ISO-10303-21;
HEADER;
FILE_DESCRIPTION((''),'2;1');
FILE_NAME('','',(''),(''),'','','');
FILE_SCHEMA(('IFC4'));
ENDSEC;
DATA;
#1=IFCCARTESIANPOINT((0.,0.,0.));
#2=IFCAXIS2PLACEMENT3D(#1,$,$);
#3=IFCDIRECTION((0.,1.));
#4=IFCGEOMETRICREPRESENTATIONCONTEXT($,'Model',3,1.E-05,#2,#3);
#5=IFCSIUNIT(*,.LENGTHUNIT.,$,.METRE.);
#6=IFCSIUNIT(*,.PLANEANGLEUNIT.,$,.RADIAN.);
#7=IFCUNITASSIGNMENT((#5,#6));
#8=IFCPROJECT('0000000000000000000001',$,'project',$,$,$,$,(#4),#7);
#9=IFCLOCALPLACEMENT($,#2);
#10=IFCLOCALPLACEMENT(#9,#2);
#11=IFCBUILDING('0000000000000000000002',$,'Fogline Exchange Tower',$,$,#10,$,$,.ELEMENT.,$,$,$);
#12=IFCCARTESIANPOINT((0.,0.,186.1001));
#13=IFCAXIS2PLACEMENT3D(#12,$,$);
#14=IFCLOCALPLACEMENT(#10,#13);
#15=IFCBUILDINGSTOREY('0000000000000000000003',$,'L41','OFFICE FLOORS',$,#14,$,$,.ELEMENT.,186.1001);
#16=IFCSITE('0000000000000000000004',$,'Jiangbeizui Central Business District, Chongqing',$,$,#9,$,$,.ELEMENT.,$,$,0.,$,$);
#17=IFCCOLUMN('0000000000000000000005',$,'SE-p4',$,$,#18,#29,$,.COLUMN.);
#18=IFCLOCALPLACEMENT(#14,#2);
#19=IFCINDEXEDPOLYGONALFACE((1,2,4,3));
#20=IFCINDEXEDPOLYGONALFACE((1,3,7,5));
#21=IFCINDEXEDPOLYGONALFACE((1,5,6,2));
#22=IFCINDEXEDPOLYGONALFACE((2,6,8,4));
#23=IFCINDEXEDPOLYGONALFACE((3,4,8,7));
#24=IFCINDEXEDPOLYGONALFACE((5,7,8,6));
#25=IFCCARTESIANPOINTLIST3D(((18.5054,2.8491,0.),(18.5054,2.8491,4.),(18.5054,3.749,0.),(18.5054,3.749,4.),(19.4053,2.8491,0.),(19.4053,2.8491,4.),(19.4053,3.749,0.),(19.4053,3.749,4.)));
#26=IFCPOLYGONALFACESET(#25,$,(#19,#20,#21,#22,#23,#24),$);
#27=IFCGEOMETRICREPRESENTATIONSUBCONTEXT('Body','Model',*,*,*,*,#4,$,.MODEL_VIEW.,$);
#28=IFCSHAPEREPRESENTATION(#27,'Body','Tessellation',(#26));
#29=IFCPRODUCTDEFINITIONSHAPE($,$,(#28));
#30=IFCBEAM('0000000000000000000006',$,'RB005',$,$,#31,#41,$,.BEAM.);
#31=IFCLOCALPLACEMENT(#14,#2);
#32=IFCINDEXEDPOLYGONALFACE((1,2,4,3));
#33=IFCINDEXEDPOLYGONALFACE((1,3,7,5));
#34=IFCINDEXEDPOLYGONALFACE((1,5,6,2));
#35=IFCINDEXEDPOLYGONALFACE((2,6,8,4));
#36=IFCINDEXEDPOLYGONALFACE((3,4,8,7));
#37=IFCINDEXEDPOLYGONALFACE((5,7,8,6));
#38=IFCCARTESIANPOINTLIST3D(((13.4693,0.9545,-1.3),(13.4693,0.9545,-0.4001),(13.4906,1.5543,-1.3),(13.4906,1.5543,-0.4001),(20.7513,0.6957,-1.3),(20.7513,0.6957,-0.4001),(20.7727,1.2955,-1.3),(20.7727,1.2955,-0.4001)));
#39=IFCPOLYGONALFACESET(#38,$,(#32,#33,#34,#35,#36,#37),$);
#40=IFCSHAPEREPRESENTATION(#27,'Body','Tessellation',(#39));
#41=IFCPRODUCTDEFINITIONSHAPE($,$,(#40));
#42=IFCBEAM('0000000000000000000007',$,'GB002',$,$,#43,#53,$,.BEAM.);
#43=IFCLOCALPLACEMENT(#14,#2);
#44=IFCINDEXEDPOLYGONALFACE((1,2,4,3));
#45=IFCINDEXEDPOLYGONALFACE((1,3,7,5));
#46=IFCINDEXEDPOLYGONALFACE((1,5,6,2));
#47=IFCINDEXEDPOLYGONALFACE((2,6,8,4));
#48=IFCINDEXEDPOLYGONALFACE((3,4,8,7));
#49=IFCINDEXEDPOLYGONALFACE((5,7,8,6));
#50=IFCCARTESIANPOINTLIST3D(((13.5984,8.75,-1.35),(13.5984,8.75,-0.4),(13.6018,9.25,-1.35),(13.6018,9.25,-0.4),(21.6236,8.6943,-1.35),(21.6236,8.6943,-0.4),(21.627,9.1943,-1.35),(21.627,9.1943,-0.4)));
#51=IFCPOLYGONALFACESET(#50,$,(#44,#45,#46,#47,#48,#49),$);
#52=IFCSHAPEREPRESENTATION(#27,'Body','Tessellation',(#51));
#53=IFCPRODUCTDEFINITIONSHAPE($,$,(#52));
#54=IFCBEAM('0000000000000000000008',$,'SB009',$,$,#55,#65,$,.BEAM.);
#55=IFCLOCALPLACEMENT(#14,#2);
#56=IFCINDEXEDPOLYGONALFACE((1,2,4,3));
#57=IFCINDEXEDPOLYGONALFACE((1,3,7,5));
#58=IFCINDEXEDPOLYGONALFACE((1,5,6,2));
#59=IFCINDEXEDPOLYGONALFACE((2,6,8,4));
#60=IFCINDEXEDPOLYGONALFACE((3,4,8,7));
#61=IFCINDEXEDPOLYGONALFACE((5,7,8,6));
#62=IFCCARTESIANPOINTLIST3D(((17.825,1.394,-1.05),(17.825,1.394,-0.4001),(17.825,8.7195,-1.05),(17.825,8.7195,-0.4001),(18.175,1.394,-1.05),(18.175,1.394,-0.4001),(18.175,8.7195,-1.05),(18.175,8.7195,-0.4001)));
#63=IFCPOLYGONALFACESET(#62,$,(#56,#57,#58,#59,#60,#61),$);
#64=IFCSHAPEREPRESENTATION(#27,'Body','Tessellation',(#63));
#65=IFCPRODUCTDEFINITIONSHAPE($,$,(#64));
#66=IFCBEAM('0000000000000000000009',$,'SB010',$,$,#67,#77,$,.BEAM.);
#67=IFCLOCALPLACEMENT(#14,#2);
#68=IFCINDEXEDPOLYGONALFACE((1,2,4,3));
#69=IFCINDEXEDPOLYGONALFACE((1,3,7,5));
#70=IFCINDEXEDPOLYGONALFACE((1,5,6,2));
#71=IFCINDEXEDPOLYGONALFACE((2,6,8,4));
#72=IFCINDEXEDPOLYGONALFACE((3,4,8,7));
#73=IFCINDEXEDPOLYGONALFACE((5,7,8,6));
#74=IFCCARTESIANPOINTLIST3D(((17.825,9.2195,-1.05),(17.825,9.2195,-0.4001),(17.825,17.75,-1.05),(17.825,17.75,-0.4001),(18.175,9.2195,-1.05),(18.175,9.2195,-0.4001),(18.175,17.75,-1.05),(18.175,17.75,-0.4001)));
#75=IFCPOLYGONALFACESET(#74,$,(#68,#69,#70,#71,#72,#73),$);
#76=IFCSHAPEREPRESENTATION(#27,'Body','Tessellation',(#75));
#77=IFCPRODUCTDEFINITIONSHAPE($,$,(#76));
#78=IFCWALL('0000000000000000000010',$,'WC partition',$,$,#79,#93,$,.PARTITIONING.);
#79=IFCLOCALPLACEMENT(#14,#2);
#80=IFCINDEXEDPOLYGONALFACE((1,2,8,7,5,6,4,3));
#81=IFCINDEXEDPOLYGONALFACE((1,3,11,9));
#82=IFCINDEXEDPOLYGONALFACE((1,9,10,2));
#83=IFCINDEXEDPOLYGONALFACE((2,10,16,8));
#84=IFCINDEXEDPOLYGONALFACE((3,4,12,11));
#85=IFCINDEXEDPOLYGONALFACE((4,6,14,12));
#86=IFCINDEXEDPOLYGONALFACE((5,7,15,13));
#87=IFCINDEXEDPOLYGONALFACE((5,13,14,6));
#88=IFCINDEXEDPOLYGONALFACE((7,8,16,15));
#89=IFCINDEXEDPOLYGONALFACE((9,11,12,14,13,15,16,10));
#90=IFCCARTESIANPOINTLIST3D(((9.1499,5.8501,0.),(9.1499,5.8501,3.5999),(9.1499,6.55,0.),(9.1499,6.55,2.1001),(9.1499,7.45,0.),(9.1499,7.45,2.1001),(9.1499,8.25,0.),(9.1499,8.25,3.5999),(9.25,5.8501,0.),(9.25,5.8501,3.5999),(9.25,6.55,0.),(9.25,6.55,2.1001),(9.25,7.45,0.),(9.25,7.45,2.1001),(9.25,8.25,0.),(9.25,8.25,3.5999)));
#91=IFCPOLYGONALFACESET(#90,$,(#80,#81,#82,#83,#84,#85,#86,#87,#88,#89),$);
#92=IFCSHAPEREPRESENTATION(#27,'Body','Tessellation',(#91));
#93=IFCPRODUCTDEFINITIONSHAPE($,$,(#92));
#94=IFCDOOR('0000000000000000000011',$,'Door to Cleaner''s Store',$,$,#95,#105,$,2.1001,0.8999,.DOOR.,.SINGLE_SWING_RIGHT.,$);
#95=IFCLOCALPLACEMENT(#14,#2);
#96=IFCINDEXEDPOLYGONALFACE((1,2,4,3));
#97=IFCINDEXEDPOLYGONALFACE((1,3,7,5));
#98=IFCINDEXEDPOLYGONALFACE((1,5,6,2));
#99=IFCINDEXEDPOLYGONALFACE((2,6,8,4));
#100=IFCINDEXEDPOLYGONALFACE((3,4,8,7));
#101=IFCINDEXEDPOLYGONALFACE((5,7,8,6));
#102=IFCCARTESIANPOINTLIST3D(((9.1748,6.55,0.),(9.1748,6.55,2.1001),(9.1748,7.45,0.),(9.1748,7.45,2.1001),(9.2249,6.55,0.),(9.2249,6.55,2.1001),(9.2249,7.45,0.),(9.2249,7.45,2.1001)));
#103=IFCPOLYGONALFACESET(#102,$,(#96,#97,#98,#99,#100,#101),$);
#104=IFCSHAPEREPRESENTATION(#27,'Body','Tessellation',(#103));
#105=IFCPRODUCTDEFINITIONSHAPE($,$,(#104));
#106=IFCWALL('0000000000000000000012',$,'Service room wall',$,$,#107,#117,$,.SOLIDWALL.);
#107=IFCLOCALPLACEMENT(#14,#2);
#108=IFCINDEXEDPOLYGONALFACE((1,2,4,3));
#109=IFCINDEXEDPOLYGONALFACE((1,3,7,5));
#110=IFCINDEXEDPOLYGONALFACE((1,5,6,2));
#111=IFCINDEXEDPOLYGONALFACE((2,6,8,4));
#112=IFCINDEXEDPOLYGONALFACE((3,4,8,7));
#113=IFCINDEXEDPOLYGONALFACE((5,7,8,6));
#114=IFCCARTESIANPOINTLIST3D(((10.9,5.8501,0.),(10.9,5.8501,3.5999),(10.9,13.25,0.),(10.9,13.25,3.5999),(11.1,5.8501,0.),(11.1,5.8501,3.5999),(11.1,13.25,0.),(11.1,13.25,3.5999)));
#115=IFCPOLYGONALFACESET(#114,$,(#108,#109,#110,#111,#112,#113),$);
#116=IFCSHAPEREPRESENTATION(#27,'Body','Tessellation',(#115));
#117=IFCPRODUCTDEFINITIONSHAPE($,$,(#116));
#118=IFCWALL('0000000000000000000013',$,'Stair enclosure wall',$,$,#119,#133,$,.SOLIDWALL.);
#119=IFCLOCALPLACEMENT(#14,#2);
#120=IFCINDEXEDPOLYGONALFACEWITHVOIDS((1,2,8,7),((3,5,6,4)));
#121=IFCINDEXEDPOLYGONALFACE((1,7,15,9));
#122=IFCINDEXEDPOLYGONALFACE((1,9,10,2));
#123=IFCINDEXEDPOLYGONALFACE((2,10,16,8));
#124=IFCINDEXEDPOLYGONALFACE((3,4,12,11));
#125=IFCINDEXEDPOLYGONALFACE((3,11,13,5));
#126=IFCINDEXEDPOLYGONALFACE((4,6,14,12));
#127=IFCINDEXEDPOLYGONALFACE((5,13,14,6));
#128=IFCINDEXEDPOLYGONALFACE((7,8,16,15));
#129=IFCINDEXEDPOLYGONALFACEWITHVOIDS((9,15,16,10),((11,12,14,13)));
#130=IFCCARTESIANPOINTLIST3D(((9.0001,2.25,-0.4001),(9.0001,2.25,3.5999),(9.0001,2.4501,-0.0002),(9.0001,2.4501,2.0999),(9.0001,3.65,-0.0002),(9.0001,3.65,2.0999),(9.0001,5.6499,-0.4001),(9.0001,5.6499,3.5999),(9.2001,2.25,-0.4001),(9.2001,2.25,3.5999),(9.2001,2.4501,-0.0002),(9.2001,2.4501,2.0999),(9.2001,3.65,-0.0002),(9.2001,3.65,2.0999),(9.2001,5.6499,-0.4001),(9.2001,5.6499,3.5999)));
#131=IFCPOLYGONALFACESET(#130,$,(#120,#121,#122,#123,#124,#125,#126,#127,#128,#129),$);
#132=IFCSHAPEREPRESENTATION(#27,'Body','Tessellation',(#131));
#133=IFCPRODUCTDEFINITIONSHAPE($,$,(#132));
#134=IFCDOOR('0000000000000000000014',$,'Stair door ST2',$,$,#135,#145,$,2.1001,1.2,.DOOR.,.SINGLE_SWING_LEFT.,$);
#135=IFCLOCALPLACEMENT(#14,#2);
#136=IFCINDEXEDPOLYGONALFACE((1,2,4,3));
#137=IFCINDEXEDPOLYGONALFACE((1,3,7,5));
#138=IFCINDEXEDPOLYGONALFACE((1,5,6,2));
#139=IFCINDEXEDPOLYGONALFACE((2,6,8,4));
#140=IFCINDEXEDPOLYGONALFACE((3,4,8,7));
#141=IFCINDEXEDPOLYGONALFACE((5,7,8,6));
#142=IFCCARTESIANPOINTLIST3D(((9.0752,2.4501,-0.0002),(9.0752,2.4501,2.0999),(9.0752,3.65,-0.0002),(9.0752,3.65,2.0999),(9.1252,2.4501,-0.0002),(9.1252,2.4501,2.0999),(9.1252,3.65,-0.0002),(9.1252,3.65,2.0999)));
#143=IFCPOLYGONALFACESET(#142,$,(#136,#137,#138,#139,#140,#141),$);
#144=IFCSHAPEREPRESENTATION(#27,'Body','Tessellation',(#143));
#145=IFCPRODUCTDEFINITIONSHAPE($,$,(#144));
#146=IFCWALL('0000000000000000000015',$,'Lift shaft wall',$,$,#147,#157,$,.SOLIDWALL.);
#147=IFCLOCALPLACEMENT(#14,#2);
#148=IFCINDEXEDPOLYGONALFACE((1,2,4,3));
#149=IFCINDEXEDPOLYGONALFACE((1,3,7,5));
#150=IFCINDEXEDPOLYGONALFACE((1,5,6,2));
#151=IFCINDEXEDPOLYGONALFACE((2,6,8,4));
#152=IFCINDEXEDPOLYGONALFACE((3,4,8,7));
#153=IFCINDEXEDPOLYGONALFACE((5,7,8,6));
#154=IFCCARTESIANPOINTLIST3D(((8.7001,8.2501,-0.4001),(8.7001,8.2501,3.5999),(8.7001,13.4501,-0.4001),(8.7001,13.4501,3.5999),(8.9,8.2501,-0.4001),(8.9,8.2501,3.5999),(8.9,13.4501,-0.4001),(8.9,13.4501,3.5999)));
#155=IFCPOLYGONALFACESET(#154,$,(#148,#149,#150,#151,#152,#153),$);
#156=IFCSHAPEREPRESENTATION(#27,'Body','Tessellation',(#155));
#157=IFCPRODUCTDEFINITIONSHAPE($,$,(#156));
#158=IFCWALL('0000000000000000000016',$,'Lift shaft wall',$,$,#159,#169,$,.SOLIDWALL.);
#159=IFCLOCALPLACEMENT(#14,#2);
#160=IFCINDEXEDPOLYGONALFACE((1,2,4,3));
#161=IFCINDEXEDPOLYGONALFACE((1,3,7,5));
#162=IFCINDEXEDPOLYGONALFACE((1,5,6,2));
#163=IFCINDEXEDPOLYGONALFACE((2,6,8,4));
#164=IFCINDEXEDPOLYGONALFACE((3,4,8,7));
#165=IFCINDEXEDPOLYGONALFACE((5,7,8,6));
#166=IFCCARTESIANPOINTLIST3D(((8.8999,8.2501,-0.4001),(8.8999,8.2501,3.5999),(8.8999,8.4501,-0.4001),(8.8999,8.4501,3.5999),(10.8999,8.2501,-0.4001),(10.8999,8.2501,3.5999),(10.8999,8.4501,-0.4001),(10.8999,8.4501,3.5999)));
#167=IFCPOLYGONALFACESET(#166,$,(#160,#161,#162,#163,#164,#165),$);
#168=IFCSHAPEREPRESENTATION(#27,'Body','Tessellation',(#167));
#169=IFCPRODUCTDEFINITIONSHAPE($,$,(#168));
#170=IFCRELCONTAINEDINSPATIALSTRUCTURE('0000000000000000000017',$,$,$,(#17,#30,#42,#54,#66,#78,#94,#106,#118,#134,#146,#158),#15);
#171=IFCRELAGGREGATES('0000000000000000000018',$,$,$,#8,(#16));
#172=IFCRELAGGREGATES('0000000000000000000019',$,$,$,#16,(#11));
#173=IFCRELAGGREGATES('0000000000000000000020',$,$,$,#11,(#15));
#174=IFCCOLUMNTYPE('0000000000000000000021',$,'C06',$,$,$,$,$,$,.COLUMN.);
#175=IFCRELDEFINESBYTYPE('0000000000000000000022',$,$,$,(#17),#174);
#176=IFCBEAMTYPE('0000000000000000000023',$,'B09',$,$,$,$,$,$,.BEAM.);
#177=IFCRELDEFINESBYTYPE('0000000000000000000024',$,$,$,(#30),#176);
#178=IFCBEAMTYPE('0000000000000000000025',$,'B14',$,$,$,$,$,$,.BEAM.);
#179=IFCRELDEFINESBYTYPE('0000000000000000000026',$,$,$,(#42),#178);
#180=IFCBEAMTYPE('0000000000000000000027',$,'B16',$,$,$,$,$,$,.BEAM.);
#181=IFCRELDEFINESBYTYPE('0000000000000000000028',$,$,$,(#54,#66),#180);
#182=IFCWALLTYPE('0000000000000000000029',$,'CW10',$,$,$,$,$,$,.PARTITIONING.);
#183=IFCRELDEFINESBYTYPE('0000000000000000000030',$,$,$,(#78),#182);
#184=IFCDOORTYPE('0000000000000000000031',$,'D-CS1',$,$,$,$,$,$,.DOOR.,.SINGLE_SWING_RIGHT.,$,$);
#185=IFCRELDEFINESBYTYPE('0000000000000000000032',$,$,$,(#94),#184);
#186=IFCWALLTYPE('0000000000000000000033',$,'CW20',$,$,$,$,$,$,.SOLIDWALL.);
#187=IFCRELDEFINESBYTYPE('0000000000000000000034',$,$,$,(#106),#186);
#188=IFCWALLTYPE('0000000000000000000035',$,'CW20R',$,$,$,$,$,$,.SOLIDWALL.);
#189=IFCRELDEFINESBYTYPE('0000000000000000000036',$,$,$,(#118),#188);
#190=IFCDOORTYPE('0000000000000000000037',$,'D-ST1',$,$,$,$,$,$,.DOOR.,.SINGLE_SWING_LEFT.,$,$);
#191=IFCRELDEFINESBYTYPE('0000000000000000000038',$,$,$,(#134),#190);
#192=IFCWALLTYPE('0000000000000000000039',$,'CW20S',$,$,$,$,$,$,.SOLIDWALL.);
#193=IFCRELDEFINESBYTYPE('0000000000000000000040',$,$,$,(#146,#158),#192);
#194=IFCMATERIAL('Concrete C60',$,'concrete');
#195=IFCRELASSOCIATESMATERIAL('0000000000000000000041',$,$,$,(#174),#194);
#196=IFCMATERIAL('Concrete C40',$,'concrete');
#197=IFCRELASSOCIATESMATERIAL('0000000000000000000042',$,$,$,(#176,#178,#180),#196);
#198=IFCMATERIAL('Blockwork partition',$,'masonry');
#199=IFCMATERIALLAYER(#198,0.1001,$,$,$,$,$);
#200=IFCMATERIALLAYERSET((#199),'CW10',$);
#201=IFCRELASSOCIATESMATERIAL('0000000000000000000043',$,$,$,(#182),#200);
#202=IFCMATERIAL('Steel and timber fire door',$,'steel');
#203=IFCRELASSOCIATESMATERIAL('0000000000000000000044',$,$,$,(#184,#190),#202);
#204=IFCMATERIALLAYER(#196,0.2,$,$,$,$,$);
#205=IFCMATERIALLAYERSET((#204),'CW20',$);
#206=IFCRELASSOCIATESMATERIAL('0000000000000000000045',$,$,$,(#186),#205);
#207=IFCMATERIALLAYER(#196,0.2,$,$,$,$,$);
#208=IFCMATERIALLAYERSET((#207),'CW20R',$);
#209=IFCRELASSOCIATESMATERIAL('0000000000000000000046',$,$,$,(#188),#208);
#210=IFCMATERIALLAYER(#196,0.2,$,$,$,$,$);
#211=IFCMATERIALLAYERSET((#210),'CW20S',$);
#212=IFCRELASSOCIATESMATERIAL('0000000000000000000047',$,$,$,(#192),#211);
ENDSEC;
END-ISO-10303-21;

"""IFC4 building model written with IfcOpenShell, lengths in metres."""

from ifc_helpers import new_model, si_unit, direction, frame, frame_2d, origin, origin_2d, place, context, subcontext, project, spatial, rectangle, extrude, material, layer, layer_set, material_profile, profile_set, type_object, element, fill, save


model = new_model("IFC4")

# Units and contexts
model_context = context("Model", 3, precision=1e-05, world=origin(), true_north=direction((0.0, 1.0)))
body_context = subcontext(model_context, "Body", "Model", "MODEL_VIEW")
ifc_project = project(units=[si_unit("LENGTHUNIT", "METRE"), si_unit("PLANEANGLEUNIT", "RADIAN")], contexts=[model_context])

# Site, building, storey
site_placement = place(None, origin())
site = spatial("IfcSite", under=ifc_project, at=site_placement, Name="Jiangbeizui Central Business District, Chongqing", CompositionType="ELEMENT", RefElevation=0.0)
building_placement = place(site_placement, origin())
building = spatial("IfcBuilding", under=site, at=building_placement, Name="Fogline Exchange Tower", CompositionType="ELEMENT")
storey_placement = place(building_placement, frame((0.0, 0.0, 186.1001)))
storey = spatial("IfcBuildingStorey", under=building, at=storey_placement, Name="L41", Description="OFFICE FLOORS", CompositionType="ELEMENT", Elevation=186.1001)

# Column
ifc_material_1 = material(Name="Concrete C60", Category="concrete")
ifc_material_profile_1 = material_profile(ifc_material_1, rectangle(XDim=0.8999, YDim=0.8999, at=origin_2d()), Name="RC 900x900")
ifc_profile_set_1 = profile_set([ifc_material_profile_1], Name="Concrete C60")
column_type = type_object("IfcColumnType", Name="C06", PredefinedType="COLUMN", material=ifc_profile_set_1)
column_placement = place(storey_placement, frame((18.9553, 3.2991, 0.0), z_axis=(0.0, 0.0, 1.0), x_axis=(1.0, 0.0, 0.0)))
element("IfcColumn", 1, at=column_placement, inside=storey, type_object=column_type, Name="SE-p4", PredefinedType="COLUMN", context=body_context, shape_type="SweptSolid", body=[
    extrude(rectangle(XDim=0.8999, YDim=0.8999, at=origin_2d()), origin(), (0.0, 0.0, 1.0), 4.0),
])

# Beams
ifc_material_2 = material(Name="Concrete C40", Category="concrete")
ifc_material_profile_2 = material_profile(ifc_material_2, rectangle(XDim=0.6001, YDim=0.8999, at=origin_2d()), Name="RC 600x900")
ifc_profile_set_2 = profile_set([ifc_material_profile_2], Name="Concrete C40")
beam_type_1 = type_object("IfcBeamType", Name="B09", PredefinedType="BEAM", material=ifc_profile_set_2)
beam_1_placement = place(storey_placement, frame((13.48, 1.2544, -0.8501), z_axis=(0.999369, -0.035516, 0.0), x_axis=(0.035516, 0.999369, 0.0)))
element("IfcBeam", 2, at=beam_1_placement, inside=storey, type_object=beam_type_1, Name="RB005", PredefinedType="BEAM", context=body_context, shape_type="SweptSolid", body=[
    extrude(rectangle(XDim=0.6001, YDim=0.8999, at=origin_2d()), origin(), (0.0, 0.0, 1.0), 7.2866),
])
ifc_material_profile_3 = material_profile(ifc_material_2, rectangle(XDim=0.5, YDim=0.95, at=origin_2d()), Name="RC 500x950")
ifc_profile_set_3 = profile_set([ifc_material_profile_3], Name="Concrete C40")
beam_type_2 = type_object("IfcBeamType", Name="B14", PredefinedType="BEAM", material=ifc_profile_set_3)
beam_2_placement = place(storey_placement, frame((13.6001, 9.0, -0.875), z_axis=(0.999976, -0.006936, 0.0), x_axis=(0.006936, 0.999976, 0.0)))
element("IfcBeam", 3, at=beam_2_placement, inside=storey, type_object=beam_type_2, Name="GB002", PredefinedType="BEAM", context=body_context, shape_type="SweptSolid", body=[
    extrude(rectangle(XDim=0.5, YDim=0.95, at=origin_2d()), origin(), (0.0, 0.0, 1.0), 8.0254),
])
ifc_material_profile_4 = material_profile(ifc_material_2, rectangle(XDim=0.3501, YDim=0.6499, at=origin_2d()), Name="RC 350x650")
ifc_profile_set_4 = profile_set([ifc_material_profile_4], Name="Concrete C40")
beam_type_3 = type_object("IfcBeamType", Name="B16", PredefinedType="BEAM", material=ifc_profile_set_4)
beam_3_placement = place(storey_placement, frame((18.0, 1.394, -0.7251), z_axis=(0.0, 1.0, 0.0), x_axis=(-1.0, 0.0, 0.0)))
element("IfcBeam", 4, at=beam_3_placement, inside=storey, type_object=beam_type_3, Name="SB009", PredefinedType="BEAM", context=body_context, shape_type="SweptSolid", body=[
    extrude(rectangle(XDim=0.3501, YDim=0.6499, at=origin_2d()), origin(), (0.0, 0.0, 1.0), 7.3254),
])
beam_4_placement = place(storey_placement, frame((18.0, 9.2195, -0.7251), z_axis=(0.0, 1.0, 0.0), x_axis=(-1.0, 0.0, 0.0)))
element("IfcBeam", 5, at=beam_4_placement, inside=storey, type_object=beam_type_3, Name="SB010", PredefinedType="BEAM", context=body_context, shape_type="SweptSolid", body=[
    extrude(rectangle(XDim=0.3501, YDim=0.6499, at=origin_2d()), origin(), (0.0, 0.0, 1.0), 8.5305),
])

# Wall, opening, door
ifc_material_3 = material(Name="Blockwork partition", Category="masonry")
ifc_layer_1 = layer(ifc_material_3, 0.1001)
ifc_layer_set_1 = layer_set([ifc_layer_1], Name="CW10")
wall_type_1 = type_object("IfcWallType", Name="CW10", PredefinedType="PARTITIONING", material=ifc_layer_set_1)
wall_1_placement = place(storey_placement, frame((9.2, 5.8501, 0.0), z_axis=(0.0, 0.0, 1.0), x_axis=(0.0, 1.0, 0.0)))
wall_1 = element("IfcWall", 6, at=wall_1_placement, inside=storey, type_object=wall_type_1, Name="WC partition", PredefinedType="PARTITIONING", context=body_context, shape_type="SweptSolid", body=[
    extrude(rectangle(XDim=2.3999, YDim=0.1001, at=frame_2d((1.2, 0.0))), origin(), (0.0, 0.0, 1.0), 3.5999),
])
opening_1_placement = place(wall_1_placement, frame((0.7, 0.0, 0.0)))
opening_1 = element("IfcOpeningElement", 7, at=opening_1_placement, cuts=wall_1, PredefinedType="OPENING", context=body_context, shape_type="SweptSolid", body=[
    extrude(rectangle(XDim=0.8999, YDim=2.1001, at=frame_2d((0.45, 1.05))), frame((0.0, 0.0601, 0.0), z_axis=(0.0, -1.0, 0.0), x_axis=(1.0, 0.0, 0.0)), (0.0, 0.0, 1.0), 0.1201),
])
ifc_material_4 = material(Name="Steel and timber fire door", Category="steel")
door_type_1 = type_object("IfcDoorType", Name="D-CS1", OperationType="SINGLE_SWING_RIGHT", PredefinedType="DOOR", material=ifc_material_4)
door_1_placement = place(opening_1_placement, frame((0.8999, 0.0, 0.0), z_axis=(0.0, 0.0, 1.0), x_axis=(-1.0, 0.0, 0.0)))
door_1 = element("IfcDoor", 8, at=door_1_placement, inside=storey, type_object=door_type_1, Name="Door to Cleaner's Store", OperationType="SINGLE_SWING_RIGHT", OverallHeight=2.1001, OverallWidth=0.8999, PredefinedType="DOOR", context=body_context, shape_type="SweptSolid", body=[
    extrude(rectangle(XDim=0.8999, YDim=2.1001, at=frame_2d((0.45, 1.05))), frame((0.0, 0.0249, 0.0), z_axis=(0.0, -1.0, 0.0), x_axis=(1.0, 0.0, 0.0)), (0.0, 0.0, 1.0), 0.05),
])
fill(opening_1, door_1)

# Wall
ifc_layer_2 = layer(ifc_material_2, 0.2)
ifc_layer_set_2 = layer_set([ifc_layer_2], Name="CW20")
wall_type_2 = type_object("IfcWallType", Name="CW20", PredefinedType="SOLIDWALL", material=ifc_layer_set_2)
wall_2_placement = place(storey_placement, frame((11.0, 5.8501, 0.0), z_axis=(0.0, 0.0, 1.0), x_axis=(0.0, 1.0, 0.0)))
element("IfcWall", 9, at=wall_2_placement, inside=storey, type_object=wall_type_2, Name="Service room wall", PredefinedType="SOLIDWALL", context=body_context, shape_type="SweptSolid", body=[
    extrude(rectangle(XDim=7.3999, YDim=0.2, at=frame_2d((3.7, 0.0))), origin(), (0.0, 0.0, 1.0), 3.5999),
])

# Wall, opening, door
ifc_layer_3 = layer(ifc_material_2, 0.2)
ifc_layer_set_3 = layer_set([ifc_layer_3], Name="CW20R")
wall_type_3 = type_object("IfcWallType", Name="CW20R", PredefinedType="SOLIDWALL", material=ifc_layer_set_3)
wall_3_placement = place(storey_placement, frame((9.1001, 2.25, -0.4001), z_axis=(0.0, 0.0, 1.0), x_axis=(0.0, 1.0, 0.0)))
wall_3 = element("IfcWall", 10, at=wall_3_placement, inside=storey, type_object=wall_type_3, Name="Stair enclosure wall", PredefinedType="SOLIDWALL", context=body_context, shape_type="SweptSolid", body=[
    extrude(rectangle(XDim=3.3999, YDim=0.2, at=frame_2d((1.7, 0.0))), origin(), (0.0, 0.0, 1.0), 4.0),
])
opening_2_placement = place(wall_3_placement, frame((0.2, 0.0, 0.3999)))
opening_2 = element("IfcOpeningElement", 11, at=opening_2_placement, cuts=wall_3, PredefinedType="OPENING", context=body_context, shape_type="SweptSolid", body=[
    extrude(rectangle(XDim=1.2, YDim=2.1001, at=frame_2d((0.6001, 1.05))), frame((0.0, 0.1099, 0.0), z_axis=(0.0, -1.0, 0.0), x_axis=(1.0, 0.0, 0.0)), (0.0, 0.0, 1.0), 0.22),
])
door_type_2 = type_object("IfcDoorType", Name="D-ST1", OperationType="SINGLE_SWING_LEFT", PredefinedType="DOOR", material=ifc_material_4)
door_2_placement = place(opening_2_placement, origin())
door_2 = element("IfcDoor", 12, at=door_2_placement, inside=storey, type_object=door_type_2, Name="Stair door ST2", OperationType="SINGLE_SWING_LEFT", OverallHeight=2.1001, OverallWidth=1.2, PredefinedType="DOOR", context=body_context, shape_type="SweptSolid", body=[
    extrude(rectangle(XDim=1.2, YDim=2.1001, at=frame_2d((0.6001, 1.05))), frame((0.0, 0.0249, 0.0), z_axis=(0.0, -1.0, 0.0), x_axis=(1.0, 0.0, 0.0)), (0.0, 0.0, 1.0), 0.05),
])
fill(opening_2, door_2)

# Walls
ifc_layer_4 = layer(ifc_material_2, 0.2)
ifc_layer_set_4 = layer_set([ifc_layer_4], Name="CW20S")
wall_type_4 = type_object("IfcWallType", Name="CW20S", PredefinedType="SOLIDWALL", material=ifc_layer_set_4)
wall_4_placement = place(storey_placement, frame((8.8, 8.25, -0.4001), z_axis=(0.0, 0.0, 1.0), x_axis=(0.0, 1.0, 0.0)))
element("IfcWall", 13, at=wall_4_placement, inside=storey, type_object=wall_type_4, Name="Lift shaft wall", PredefinedType="SOLIDWALL", context=body_context, shape_type="SweptSolid", body=[
    extrude(rectangle(XDim=5.2, YDim=0.2, at=frame_2d((2.6001, 0.0))), origin(), (0.0, 0.0, 1.0), 4.0),
])
for number, where, z_axis, x_axis, name in (
    (14, (8.8999, 8.3501, -0.4001), (0.0, 0.0, 1.0), (1.0, 0.0, 0.0), "Lift shaft wall"),
):
    element("IfcWall", number, at=place(storey_placement, frame(where, z_axis=z_axis, x_axis=x_axis)), inside=storey, type_object=wall_type_4, Name=name, PredefinedType="SOLIDWALL", context=body_context, shape_type="SweptSolid", body=[
        extrude(rectangle(XDim=2.0, YDim=0.2, at=frame_2d((1.0, 0.0))), origin(), (0.0, 0.0, 1.0), 4.0),
    ])

save(model, "model.ifc")
